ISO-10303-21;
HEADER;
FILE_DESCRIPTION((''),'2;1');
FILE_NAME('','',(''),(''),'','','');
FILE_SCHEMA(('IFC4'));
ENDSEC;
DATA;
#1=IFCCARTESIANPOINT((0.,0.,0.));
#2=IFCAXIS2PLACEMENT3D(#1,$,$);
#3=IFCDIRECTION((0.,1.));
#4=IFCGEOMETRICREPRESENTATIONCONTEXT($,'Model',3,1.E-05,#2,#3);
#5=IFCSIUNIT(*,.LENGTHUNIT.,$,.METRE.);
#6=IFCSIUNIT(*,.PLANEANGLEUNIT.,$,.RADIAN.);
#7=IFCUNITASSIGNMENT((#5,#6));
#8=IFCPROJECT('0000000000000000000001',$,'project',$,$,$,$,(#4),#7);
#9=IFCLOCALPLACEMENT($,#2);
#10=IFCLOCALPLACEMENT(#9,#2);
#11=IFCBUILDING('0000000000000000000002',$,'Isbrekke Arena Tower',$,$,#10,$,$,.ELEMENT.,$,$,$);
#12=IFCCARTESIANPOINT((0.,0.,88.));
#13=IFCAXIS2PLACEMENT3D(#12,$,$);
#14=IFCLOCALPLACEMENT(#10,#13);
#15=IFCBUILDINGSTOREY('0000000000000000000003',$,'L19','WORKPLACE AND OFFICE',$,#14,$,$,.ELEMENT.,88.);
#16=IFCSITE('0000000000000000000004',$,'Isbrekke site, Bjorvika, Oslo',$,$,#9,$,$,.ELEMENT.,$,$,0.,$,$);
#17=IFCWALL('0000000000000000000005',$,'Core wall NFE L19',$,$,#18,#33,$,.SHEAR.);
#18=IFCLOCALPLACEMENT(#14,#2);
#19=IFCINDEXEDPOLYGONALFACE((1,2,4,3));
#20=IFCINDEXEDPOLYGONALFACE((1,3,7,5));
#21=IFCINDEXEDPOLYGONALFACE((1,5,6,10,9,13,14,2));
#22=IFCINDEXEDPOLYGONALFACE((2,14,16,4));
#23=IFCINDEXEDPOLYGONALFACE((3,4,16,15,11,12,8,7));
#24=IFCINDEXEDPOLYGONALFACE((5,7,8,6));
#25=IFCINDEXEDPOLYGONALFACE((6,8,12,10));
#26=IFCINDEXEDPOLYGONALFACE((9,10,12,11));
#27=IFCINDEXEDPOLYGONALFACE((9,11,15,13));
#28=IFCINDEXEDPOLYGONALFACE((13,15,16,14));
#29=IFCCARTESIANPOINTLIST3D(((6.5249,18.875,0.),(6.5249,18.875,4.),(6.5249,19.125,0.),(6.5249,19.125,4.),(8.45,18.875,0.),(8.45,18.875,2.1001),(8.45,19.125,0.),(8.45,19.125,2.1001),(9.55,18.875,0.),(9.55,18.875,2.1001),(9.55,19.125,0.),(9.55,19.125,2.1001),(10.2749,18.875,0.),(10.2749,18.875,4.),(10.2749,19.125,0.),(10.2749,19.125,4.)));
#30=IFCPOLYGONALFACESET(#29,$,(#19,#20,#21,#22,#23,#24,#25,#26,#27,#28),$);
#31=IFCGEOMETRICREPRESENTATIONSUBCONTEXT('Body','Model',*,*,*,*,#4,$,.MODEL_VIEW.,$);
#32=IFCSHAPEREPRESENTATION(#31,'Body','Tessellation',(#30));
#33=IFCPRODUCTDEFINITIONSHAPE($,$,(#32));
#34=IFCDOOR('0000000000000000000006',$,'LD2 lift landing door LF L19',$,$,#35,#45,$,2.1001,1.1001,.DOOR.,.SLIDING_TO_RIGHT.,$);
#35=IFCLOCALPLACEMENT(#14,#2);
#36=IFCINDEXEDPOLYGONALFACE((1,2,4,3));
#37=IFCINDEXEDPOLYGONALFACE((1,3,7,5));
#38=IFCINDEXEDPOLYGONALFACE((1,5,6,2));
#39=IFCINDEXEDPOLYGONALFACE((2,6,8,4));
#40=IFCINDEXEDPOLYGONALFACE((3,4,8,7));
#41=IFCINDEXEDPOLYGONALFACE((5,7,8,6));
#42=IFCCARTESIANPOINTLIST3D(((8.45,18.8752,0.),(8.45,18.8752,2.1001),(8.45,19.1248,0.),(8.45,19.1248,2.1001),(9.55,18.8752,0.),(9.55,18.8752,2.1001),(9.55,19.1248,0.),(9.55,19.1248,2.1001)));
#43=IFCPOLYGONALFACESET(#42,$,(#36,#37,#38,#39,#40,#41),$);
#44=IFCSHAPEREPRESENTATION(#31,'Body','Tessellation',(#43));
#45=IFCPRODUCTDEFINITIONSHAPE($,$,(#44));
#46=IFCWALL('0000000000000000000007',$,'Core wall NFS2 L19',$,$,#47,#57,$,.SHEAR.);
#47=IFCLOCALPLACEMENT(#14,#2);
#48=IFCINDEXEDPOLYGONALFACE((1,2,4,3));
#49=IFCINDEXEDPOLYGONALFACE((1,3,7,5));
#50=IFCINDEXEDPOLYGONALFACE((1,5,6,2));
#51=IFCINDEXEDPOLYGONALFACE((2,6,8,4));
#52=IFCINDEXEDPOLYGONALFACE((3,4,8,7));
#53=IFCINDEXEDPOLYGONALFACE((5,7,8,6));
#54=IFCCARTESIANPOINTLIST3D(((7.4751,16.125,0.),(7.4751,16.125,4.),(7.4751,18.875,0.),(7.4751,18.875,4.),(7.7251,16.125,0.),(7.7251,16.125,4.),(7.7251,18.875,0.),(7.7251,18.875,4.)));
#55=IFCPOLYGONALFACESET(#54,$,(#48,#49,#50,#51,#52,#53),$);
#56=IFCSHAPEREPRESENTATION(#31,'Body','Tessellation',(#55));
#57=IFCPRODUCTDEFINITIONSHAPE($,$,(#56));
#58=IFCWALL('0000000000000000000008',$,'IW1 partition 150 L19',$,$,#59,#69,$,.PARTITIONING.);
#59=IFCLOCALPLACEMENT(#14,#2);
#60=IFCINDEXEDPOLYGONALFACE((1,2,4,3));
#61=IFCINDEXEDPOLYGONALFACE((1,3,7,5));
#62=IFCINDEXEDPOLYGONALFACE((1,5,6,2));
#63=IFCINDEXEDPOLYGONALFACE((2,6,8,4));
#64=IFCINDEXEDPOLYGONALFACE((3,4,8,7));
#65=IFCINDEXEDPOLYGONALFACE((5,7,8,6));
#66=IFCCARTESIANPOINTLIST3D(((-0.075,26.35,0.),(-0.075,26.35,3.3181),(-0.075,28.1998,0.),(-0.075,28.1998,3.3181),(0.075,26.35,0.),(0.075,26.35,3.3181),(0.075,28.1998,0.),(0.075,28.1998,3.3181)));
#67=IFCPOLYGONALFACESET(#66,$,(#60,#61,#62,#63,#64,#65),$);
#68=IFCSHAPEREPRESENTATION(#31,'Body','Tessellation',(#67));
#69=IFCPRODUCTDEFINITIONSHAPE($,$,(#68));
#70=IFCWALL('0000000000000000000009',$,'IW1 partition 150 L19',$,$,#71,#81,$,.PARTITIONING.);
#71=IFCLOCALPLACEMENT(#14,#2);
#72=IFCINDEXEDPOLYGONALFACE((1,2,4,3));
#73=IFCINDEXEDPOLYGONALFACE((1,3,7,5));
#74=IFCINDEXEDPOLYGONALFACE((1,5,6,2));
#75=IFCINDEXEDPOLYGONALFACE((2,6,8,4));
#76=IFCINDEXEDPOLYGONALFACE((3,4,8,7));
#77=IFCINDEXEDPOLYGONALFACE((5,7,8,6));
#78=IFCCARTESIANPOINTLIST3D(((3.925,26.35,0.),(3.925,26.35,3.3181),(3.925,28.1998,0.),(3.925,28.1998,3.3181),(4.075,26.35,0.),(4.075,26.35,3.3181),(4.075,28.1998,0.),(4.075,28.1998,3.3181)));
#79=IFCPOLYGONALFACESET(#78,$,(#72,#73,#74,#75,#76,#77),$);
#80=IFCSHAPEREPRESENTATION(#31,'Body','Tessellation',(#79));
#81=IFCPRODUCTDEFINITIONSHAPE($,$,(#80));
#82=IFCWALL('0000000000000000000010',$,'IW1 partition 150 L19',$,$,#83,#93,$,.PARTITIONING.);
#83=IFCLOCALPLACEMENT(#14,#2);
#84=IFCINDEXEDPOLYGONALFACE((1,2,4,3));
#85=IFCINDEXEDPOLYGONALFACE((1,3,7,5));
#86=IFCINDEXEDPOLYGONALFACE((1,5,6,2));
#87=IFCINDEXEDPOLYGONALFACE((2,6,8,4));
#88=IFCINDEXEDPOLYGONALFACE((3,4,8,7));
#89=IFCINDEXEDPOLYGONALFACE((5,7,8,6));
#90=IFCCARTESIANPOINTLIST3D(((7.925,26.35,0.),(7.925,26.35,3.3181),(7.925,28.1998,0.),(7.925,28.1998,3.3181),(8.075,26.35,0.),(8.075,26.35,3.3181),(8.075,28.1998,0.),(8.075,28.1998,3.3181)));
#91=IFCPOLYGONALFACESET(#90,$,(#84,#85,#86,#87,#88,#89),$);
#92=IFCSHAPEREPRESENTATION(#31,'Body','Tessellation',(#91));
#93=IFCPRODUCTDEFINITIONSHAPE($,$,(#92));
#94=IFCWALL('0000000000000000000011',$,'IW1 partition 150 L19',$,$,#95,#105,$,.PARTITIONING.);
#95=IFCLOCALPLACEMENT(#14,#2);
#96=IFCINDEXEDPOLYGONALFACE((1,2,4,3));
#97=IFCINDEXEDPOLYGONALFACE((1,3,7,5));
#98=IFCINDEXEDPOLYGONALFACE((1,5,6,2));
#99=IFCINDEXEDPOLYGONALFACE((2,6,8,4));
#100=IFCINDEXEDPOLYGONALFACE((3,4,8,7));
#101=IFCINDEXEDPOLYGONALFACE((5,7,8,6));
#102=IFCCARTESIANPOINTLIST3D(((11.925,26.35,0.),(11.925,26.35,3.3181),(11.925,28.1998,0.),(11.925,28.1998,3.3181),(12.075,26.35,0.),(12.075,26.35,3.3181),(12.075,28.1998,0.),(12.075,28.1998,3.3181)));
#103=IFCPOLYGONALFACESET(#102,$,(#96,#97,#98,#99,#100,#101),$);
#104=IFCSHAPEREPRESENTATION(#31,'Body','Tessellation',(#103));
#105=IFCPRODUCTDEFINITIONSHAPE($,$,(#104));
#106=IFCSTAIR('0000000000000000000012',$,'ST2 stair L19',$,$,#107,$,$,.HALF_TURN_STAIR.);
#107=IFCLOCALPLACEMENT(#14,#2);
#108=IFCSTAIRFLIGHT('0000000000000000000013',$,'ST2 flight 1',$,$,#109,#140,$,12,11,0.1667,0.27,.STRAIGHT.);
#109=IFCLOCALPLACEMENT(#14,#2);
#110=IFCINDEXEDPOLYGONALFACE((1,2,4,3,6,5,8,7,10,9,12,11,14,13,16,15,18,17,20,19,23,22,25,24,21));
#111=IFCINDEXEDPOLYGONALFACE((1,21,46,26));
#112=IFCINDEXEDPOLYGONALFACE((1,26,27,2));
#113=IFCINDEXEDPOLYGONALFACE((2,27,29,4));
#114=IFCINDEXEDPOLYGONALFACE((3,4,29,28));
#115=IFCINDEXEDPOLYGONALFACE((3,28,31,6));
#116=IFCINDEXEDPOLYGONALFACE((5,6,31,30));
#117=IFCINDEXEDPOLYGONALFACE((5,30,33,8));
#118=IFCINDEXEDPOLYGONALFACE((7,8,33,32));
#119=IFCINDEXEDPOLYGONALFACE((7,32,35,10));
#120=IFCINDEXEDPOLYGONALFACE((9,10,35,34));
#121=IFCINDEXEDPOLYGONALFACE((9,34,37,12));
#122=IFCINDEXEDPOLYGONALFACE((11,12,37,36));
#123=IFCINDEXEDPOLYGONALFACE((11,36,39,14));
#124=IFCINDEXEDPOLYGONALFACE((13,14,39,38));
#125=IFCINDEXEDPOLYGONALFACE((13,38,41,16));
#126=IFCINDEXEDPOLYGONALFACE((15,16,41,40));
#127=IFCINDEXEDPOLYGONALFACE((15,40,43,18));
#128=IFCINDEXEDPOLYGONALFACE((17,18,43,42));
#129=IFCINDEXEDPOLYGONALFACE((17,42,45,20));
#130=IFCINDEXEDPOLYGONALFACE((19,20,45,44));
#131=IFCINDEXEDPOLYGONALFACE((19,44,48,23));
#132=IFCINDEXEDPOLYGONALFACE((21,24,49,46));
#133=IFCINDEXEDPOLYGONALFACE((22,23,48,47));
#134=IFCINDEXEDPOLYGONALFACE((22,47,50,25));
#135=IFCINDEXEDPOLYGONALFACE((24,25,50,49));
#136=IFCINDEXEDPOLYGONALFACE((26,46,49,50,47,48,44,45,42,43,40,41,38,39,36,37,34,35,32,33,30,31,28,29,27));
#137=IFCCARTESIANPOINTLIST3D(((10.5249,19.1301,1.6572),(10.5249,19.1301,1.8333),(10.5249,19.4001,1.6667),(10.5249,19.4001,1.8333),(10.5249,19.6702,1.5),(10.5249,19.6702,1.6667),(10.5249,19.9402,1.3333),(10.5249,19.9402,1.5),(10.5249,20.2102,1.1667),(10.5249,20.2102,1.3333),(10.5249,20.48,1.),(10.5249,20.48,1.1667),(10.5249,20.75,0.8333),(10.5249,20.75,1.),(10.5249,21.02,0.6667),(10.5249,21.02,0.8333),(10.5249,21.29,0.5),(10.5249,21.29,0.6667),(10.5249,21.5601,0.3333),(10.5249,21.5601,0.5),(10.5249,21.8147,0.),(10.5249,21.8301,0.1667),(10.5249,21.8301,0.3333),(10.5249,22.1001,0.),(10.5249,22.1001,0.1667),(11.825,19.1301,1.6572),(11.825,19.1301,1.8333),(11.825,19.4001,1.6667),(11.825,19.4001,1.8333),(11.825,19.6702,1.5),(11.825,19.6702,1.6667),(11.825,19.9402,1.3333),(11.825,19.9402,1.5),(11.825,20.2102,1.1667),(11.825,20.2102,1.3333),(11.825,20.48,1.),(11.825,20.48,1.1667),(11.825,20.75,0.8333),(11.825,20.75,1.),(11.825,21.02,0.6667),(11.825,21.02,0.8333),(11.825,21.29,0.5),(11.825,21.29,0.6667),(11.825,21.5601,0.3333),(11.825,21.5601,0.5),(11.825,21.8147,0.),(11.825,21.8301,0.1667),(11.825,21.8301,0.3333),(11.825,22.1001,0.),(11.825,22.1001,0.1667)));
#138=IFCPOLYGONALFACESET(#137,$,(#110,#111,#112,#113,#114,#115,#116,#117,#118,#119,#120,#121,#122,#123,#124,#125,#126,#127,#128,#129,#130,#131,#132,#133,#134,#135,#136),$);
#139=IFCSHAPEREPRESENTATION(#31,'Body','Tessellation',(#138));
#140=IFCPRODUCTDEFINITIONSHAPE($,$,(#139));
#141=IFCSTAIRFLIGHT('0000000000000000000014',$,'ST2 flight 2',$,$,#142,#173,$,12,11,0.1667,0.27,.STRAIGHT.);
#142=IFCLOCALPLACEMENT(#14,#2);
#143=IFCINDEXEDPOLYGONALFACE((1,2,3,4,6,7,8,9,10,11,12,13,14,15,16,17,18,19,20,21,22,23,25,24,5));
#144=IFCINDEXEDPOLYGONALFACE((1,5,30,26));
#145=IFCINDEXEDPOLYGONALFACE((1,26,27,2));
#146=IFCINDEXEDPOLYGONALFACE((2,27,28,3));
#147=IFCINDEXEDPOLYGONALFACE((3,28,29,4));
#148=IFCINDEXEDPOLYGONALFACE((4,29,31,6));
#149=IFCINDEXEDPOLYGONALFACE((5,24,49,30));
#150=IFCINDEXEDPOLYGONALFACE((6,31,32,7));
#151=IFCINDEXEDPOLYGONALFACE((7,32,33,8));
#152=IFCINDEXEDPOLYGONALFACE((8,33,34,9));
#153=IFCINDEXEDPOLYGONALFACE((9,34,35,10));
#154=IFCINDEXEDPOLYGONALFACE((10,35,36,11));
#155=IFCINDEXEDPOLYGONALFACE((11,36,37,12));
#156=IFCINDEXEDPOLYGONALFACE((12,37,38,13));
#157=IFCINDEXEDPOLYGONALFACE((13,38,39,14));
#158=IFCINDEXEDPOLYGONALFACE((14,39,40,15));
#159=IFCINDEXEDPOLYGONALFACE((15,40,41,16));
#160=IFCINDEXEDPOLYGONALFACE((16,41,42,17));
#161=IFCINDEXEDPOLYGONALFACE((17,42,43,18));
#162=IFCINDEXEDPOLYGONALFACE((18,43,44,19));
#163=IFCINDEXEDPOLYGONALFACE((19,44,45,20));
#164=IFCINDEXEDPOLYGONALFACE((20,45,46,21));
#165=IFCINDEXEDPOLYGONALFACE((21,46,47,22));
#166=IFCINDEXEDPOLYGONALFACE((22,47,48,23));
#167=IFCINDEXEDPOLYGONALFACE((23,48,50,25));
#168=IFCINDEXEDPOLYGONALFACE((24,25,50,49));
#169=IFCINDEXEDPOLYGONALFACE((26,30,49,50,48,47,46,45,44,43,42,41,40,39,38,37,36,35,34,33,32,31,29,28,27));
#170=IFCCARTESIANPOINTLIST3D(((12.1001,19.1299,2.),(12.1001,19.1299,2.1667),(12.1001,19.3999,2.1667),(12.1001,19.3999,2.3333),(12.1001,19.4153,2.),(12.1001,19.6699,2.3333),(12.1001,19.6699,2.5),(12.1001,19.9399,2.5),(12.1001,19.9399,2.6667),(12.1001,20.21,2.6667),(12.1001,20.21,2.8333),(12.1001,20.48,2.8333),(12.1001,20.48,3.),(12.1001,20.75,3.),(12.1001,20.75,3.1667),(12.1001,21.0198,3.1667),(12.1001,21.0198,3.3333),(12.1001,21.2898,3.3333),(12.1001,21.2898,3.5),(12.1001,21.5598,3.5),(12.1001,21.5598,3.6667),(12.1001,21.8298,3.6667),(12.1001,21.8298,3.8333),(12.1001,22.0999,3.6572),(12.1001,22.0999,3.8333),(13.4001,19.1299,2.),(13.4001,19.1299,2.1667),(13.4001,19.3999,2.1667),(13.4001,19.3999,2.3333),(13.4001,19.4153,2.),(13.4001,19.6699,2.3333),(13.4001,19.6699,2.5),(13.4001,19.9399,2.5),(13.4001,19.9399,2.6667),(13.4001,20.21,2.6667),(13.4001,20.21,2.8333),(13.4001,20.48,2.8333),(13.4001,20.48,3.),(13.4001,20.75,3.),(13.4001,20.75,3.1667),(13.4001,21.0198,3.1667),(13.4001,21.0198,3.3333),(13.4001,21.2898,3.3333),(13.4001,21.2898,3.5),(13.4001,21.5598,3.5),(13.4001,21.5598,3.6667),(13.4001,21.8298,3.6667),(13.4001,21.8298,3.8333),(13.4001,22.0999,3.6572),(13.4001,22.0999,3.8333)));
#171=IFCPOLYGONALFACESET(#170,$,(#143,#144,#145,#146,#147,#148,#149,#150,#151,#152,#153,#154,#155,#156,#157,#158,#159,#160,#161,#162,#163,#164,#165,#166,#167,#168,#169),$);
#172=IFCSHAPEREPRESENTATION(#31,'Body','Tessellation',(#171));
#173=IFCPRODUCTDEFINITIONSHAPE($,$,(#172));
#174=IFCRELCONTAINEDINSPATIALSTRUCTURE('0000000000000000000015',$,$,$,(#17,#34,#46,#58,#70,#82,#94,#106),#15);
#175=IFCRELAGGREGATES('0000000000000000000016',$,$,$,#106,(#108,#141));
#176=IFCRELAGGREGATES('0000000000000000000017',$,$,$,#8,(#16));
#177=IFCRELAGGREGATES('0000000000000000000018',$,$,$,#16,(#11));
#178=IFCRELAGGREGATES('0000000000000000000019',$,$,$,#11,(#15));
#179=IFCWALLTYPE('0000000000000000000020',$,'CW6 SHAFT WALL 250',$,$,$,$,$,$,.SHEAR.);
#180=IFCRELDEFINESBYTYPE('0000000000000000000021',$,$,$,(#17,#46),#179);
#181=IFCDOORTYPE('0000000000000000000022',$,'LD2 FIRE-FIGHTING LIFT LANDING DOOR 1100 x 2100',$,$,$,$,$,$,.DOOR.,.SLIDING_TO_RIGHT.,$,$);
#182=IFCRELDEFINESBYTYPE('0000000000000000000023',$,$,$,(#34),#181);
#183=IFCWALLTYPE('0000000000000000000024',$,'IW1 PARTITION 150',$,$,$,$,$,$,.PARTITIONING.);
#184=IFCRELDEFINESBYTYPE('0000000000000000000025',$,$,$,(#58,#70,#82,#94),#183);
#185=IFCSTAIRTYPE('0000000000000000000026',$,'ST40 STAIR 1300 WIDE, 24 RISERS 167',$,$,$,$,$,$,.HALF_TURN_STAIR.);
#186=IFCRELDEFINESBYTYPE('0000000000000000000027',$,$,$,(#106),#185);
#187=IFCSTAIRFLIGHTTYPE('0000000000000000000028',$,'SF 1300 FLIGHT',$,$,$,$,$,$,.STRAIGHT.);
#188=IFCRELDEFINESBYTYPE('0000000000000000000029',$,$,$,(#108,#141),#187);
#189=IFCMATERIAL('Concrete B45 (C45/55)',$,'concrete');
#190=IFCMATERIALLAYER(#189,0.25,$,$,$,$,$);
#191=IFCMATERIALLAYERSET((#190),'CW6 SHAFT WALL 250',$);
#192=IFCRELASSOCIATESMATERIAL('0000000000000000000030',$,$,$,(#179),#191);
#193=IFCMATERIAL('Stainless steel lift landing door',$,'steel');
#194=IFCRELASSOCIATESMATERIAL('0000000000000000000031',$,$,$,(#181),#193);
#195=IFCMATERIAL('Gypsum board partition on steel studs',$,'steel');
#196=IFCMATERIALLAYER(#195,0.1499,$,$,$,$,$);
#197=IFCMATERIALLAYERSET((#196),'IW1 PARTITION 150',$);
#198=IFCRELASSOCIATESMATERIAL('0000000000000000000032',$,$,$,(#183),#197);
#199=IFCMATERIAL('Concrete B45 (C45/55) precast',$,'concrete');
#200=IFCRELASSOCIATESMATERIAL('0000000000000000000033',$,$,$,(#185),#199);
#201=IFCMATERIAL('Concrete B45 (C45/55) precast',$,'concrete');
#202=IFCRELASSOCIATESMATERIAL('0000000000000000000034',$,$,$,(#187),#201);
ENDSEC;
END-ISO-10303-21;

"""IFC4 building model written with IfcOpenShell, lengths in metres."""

from ifc_helpers import new_model, si_unit, direction, frame, frame_2d, origin, place, context, subcontext, project, spatial, polyline, rectangle, outline, extrude, material, layer, layer_set, type_object, element, fill, aggregate, save


model = new_model("IFC4")

# Units and contexts
model_context = context("Model", 3, precision=1e-05, world=origin(), true_north=direction((0.0, 1.0)))
body_context = subcontext(model_context, "Body", "Model", "MODEL_VIEW")
ifc_project = project(units=[si_unit("LENGTHUNIT", "METRE"), si_unit("PLANEANGLEUNIT", "RADIAN")], contexts=[model_context])

# Site, building, storey
site_placement = place(None, origin())
site = spatial("IfcSite", under=ifc_project, at=site_placement, Name="Isbrekke site, Bjorvika, Oslo", CompositionType="ELEMENT", RefElevation=0.0)
building_placement = place(site_placement, origin())
building = spatial("IfcBuilding", under=site, at=building_placement, Name="Isbrekke Arena Tower", CompositionType="ELEMENT")
storey_placement = place(building_placement, frame((0.0, 0.0, 88.0)))
storey = spatial("IfcBuildingStorey", under=building, at=storey_placement, Name="L19", Description="WORKPLACE AND OFFICE", CompositionType="ELEMENT", Elevation=88.0)

# Shared definitions
ifc_material_1 = material(Name="Concrete B45 (C45/55)", Category="concrete")
ifc_layer_1 = layer(ifc_material_1, 0.25)
ifc_layer_set_1 = layer_set([ifc_layer_1], Name="CW6 SHAFT WALL 250")
wall_type_1 = type_object("IfcWallType", Name="CW6 SHAFT WALL 250", PredefinedType="SHEAR", material=ifc_layer_set_1)

# Wall, opening, door
wall_1_placement = place(storey_placement, frame((6.5249, 19.0, 0.0), z_axis=(0.0, 0.0, 1.0), x_axis=(1.0, 0.0, 0.0)))
wall_1 = element("IfcWall", 1, at=wall_1_placement, inside=storey, type_object=wall_type_1, Name="Core wall NFE L19", PredefinedType="SHEAR", context=body_context, shape_type="SweptSolid", body=[
    extrude(rectangle(XDim=3.75, YDim=0.25, at=frame_2d((1.875, 0.0))), origin(), (0.0, 0.0, 1.0), 4.0),
])
opening_1_placement = place(wall_1_placement, frame((1.925, 0.0, 0.0)))
opening_1 = element("IfcOpeningElement", 2, at=opening_1_placement, cuts=wall_1, PredefinedType="OPENING", context=body_context, shape_type="SweptSolid", body=[
    extrude(rectangle(XDim=1.1001, YDim=2.1001, at=frame_2d((0.55, 1.05))), frame((0.0, 0.1399, 0.0), z_axis=(0.0, -1.0, 0.0), x_axis=(1.0, 0.0, 0.0)), (0.0, 0.0, 1.0), 0.2798),
])
ifc_material_2 = material(Name="Stainless steel lift landing door", Category="steel")
door_type_1 = type_object("IfcDoorType", Name="LD2 FIRE-FIGHTING LIFT LANDING DOOR 1100 x 2100", OperationType="SLIDING_TO_RIGHT", PredefinedType="DOOR", material=ifc_material_2)
door_1_placement = place(opening_1_placement, origin())
door_1 = element("IfcDoor", 3, at=door_1_placement, inside=storey, type_object=door_type_1, Name="LD2 lift landing door LF L19", OperationType="SLIDING_TO_RIGHT", OverallHeight=2.1001, OverallWidth=1.1001, PredefinedType="DOOR", context=body_context, shape_type="SweptSolid", body=[
    extrude(rectangle(XDim=1.1001, YDim=2.1001, at=frame_2d((0.55, 1.05))), frame((0.0, 0.1248, 0.0), z_axis=(0.0, -1.0, 0.0), x_axis=(1.0, 0.0, 0.0)), (0.0, 0.0, 1.0), 0.2495),
])
fill(opening_1, door_1)

# Walls
wall_2_placement = place(storey_placement, frame((7.6001, 16.125, 0.0), z_axis=(0.0, 0.0, 1.0), x_axis=(0.0, 1.0, 0.0)))
element("IfcWall", 4, at=wall_2_placement, inside=storey, type_object=wall_type_1, Name="Core wall NFS2 L19", PredefinedType="SHEAR", context=body_context, shape_type="SweptSolid", body=[
    extrude(rectangle(XDim=2.75, YDim=0.25, at=frame_2d((1.375, 0.0))), origin(), (0.0, 0.0, 1.0), 4.0),
])
ifc_material_3 = material(Name="Gypsum board partition on steel studs", Category="steel")
ifc_layer_2 = layer(ifc_material_3, 0.1499)
ifc_layer_set_2 = layer_set([ifc_layer_2], Name="IW1 PARTITION 150")
wall_type_2 = type_object("IfcWallType", Name="IW1 PARTITION 150", PredefinedType="PARTITIONING", material=ifc_layer_set_2)
for number, where, z_axis, x_axis, name in (
    (5, (0.0, 26.3501, 0.0), (0.0, 0.0, 1.0), (0.0, 1.0, 0.0), "IW1 partition 150 L19"),
    (6, (4.0, 26.3501, 0.0), (0.0, 0.0, 1.0), (0.0, 1.0, 0.0), "IW1 partition 150 L19"),
    (7, (8.0, 26.3501, 0.0), (0.0, 0.0, 1.0), (0.0, 1.0, 0.0), "IW1 partition 150 L19"),
    (8, (12.0, 26.3501, 0.0), (0.0, 0.0, 1.0), (0.0, 1.0, 0.0), "IW1 partition 150 L19"),
):
    element("IfcWall", number, at=place(storey_placement, frame(where, z_axis=z_axis, x_axis=x_axis)), inside=storey, type_object=wall_type_2, Name=name, PredefinedType="PARTITIONING", context=body_context, shape_type="SweptSolid", body=[
        extrude(rectangle(XDim=1.8499, YDim=0.1499, at=frame_2d((0.9248, 0.0))), origin(), (0.0, 0.0, 1.0), 3.3181),
    ])

# Stair, stair flights
ifc_material_4 = material(Name="Concrete B45 (C45/55) precast", Category="concrete")
stair_type = type_object("IfcStairType", Name="ST40 STAIR 1300 WIDE, 24 RISERS 167", PredefinedType="HALF_TURN_STAIR", material=ifc_material_4)
stair_placement = place(storey_placement, origin())
stair = element("IfcStair", 9, at=stair_placement, inside=storey, type_object=stair_type, Name="ST2 stair L19", PredefinedType="HALF_TURN_STAIR")
ifc_material_5 = material(Name="Concrete B45 (C45/55) precast", Category="concrete")
stair_flight_type = type_object("IfcStairFlightType", Name="SF 1300 FLIGHT", PredefinedType="STRAIGHT", material=ifc_material_5)
stair_flight_1_placement = place(storey_placement, frame((11.175, 22.1001, 0.0), z_axis=(0.0, 0.0, 1.0), x_axis=(0.0, -1.0, 0.0)))
stair_flight_1 = element("IfcStairFlight", 10, at=stair_flight_1_placement, type_object=stair_flight_type, Name="ST2 flight 1", NumberOfRisers=12, NumberOfTreads=11, PredefinedType="STRAIGHT", RiserHeight=0.1667, TreadLength=0.27, context=body_context, shape_type="SweptSolid", body=[
    extrude(outline(polyline([(0.0, 0.0), (0.0, 0.1667), (0.27, 0.1667), (0.27, 0.3333), (0.54, 0.3333), (0.54, 0.5), (0.8101, 0.5), (0.8101, 0.6667), (1.0801, 0.6667), (1.0801, 0.8333), (1.3501, 0.8333), (1.3501, 1.0), (1.6201, 1.0), (1.6201, 1.1667), (1.8899, 1.1667), (1.8899, 1.3333), (2.1599, 1.3333), (2.1599, 1.5), (2.4299, 1.5), (2.4299, 1.6667), (2.7, 1.6667), (2.7, 1.8333), (2.97, 1.8333), (2.97, 2.0), (2.97, 1.6572), (0.2854, 0.0), (0.0, 0.0)])), frame((0.0, 0.6499, 0.0), z_axis=(0.0, -1.0, 0.0), x_axis=(1.0, 0.0, 0.0)), (0.0, 0.0, 1.0), 1.3),
])
stair_flight_2_placement = place(storey_placement, frame((12.75, 19.1299, 2.0), z_axis=(0.0, 0.0, 1.0), x_axis=(0.0, 1.0, 0.0)))
stair_flight_2 = element("IfcStairFlight", 11, at=stair_flight_2_placement, type_object=stair_flight_type, Name="ST2 flight 2", NumberOfRisers=12, NumberOfTreads=11, PredefinedType="STRAIGHT", RiserHeight=0.1667, TreadLength=0.27, context=body_context, shape_type="SweptSolid", body=[
    extrude(outline(polyline([(0.0, 0.0), (0.0, 0.1667), (0.27, 0.1667), (0.27, 0.3333), (0.54, 0.3333), (0.54, 0.5), (0.8101, 0.5), (0.8101, 0.6667), (1.0801, 0.6667), (1.0801, 0.8333), (1.3501, 0.8333), (1.3501, 1.0), (1.6201, 1.0), (1.6201, 1.1667), (1.8899, 1.1667), (1.8899, 1.3333), (2.1599, 1.3333), (2.1599, 1.5), (2.4299, 1.5), (2.4299, 1.6667), (2.7, 1.6667), (2.7, 1.8333), (2.97, 1.8333), (2.97, 2.0), (2.97, 1.6572), (0.2854, 0.0), (0.0, 0.0)])), frame((0.0, 0.6499, 0.0), z_axis=(0.0, -1.0, 0.0), x_axis=(1.0, 0.0, 0.0)), (0.0, 0.0, 1.0), 1.3),
])
aggregate(stair, [stair_flight_1, stair_flight_2])

save(model, "model.ifc")
